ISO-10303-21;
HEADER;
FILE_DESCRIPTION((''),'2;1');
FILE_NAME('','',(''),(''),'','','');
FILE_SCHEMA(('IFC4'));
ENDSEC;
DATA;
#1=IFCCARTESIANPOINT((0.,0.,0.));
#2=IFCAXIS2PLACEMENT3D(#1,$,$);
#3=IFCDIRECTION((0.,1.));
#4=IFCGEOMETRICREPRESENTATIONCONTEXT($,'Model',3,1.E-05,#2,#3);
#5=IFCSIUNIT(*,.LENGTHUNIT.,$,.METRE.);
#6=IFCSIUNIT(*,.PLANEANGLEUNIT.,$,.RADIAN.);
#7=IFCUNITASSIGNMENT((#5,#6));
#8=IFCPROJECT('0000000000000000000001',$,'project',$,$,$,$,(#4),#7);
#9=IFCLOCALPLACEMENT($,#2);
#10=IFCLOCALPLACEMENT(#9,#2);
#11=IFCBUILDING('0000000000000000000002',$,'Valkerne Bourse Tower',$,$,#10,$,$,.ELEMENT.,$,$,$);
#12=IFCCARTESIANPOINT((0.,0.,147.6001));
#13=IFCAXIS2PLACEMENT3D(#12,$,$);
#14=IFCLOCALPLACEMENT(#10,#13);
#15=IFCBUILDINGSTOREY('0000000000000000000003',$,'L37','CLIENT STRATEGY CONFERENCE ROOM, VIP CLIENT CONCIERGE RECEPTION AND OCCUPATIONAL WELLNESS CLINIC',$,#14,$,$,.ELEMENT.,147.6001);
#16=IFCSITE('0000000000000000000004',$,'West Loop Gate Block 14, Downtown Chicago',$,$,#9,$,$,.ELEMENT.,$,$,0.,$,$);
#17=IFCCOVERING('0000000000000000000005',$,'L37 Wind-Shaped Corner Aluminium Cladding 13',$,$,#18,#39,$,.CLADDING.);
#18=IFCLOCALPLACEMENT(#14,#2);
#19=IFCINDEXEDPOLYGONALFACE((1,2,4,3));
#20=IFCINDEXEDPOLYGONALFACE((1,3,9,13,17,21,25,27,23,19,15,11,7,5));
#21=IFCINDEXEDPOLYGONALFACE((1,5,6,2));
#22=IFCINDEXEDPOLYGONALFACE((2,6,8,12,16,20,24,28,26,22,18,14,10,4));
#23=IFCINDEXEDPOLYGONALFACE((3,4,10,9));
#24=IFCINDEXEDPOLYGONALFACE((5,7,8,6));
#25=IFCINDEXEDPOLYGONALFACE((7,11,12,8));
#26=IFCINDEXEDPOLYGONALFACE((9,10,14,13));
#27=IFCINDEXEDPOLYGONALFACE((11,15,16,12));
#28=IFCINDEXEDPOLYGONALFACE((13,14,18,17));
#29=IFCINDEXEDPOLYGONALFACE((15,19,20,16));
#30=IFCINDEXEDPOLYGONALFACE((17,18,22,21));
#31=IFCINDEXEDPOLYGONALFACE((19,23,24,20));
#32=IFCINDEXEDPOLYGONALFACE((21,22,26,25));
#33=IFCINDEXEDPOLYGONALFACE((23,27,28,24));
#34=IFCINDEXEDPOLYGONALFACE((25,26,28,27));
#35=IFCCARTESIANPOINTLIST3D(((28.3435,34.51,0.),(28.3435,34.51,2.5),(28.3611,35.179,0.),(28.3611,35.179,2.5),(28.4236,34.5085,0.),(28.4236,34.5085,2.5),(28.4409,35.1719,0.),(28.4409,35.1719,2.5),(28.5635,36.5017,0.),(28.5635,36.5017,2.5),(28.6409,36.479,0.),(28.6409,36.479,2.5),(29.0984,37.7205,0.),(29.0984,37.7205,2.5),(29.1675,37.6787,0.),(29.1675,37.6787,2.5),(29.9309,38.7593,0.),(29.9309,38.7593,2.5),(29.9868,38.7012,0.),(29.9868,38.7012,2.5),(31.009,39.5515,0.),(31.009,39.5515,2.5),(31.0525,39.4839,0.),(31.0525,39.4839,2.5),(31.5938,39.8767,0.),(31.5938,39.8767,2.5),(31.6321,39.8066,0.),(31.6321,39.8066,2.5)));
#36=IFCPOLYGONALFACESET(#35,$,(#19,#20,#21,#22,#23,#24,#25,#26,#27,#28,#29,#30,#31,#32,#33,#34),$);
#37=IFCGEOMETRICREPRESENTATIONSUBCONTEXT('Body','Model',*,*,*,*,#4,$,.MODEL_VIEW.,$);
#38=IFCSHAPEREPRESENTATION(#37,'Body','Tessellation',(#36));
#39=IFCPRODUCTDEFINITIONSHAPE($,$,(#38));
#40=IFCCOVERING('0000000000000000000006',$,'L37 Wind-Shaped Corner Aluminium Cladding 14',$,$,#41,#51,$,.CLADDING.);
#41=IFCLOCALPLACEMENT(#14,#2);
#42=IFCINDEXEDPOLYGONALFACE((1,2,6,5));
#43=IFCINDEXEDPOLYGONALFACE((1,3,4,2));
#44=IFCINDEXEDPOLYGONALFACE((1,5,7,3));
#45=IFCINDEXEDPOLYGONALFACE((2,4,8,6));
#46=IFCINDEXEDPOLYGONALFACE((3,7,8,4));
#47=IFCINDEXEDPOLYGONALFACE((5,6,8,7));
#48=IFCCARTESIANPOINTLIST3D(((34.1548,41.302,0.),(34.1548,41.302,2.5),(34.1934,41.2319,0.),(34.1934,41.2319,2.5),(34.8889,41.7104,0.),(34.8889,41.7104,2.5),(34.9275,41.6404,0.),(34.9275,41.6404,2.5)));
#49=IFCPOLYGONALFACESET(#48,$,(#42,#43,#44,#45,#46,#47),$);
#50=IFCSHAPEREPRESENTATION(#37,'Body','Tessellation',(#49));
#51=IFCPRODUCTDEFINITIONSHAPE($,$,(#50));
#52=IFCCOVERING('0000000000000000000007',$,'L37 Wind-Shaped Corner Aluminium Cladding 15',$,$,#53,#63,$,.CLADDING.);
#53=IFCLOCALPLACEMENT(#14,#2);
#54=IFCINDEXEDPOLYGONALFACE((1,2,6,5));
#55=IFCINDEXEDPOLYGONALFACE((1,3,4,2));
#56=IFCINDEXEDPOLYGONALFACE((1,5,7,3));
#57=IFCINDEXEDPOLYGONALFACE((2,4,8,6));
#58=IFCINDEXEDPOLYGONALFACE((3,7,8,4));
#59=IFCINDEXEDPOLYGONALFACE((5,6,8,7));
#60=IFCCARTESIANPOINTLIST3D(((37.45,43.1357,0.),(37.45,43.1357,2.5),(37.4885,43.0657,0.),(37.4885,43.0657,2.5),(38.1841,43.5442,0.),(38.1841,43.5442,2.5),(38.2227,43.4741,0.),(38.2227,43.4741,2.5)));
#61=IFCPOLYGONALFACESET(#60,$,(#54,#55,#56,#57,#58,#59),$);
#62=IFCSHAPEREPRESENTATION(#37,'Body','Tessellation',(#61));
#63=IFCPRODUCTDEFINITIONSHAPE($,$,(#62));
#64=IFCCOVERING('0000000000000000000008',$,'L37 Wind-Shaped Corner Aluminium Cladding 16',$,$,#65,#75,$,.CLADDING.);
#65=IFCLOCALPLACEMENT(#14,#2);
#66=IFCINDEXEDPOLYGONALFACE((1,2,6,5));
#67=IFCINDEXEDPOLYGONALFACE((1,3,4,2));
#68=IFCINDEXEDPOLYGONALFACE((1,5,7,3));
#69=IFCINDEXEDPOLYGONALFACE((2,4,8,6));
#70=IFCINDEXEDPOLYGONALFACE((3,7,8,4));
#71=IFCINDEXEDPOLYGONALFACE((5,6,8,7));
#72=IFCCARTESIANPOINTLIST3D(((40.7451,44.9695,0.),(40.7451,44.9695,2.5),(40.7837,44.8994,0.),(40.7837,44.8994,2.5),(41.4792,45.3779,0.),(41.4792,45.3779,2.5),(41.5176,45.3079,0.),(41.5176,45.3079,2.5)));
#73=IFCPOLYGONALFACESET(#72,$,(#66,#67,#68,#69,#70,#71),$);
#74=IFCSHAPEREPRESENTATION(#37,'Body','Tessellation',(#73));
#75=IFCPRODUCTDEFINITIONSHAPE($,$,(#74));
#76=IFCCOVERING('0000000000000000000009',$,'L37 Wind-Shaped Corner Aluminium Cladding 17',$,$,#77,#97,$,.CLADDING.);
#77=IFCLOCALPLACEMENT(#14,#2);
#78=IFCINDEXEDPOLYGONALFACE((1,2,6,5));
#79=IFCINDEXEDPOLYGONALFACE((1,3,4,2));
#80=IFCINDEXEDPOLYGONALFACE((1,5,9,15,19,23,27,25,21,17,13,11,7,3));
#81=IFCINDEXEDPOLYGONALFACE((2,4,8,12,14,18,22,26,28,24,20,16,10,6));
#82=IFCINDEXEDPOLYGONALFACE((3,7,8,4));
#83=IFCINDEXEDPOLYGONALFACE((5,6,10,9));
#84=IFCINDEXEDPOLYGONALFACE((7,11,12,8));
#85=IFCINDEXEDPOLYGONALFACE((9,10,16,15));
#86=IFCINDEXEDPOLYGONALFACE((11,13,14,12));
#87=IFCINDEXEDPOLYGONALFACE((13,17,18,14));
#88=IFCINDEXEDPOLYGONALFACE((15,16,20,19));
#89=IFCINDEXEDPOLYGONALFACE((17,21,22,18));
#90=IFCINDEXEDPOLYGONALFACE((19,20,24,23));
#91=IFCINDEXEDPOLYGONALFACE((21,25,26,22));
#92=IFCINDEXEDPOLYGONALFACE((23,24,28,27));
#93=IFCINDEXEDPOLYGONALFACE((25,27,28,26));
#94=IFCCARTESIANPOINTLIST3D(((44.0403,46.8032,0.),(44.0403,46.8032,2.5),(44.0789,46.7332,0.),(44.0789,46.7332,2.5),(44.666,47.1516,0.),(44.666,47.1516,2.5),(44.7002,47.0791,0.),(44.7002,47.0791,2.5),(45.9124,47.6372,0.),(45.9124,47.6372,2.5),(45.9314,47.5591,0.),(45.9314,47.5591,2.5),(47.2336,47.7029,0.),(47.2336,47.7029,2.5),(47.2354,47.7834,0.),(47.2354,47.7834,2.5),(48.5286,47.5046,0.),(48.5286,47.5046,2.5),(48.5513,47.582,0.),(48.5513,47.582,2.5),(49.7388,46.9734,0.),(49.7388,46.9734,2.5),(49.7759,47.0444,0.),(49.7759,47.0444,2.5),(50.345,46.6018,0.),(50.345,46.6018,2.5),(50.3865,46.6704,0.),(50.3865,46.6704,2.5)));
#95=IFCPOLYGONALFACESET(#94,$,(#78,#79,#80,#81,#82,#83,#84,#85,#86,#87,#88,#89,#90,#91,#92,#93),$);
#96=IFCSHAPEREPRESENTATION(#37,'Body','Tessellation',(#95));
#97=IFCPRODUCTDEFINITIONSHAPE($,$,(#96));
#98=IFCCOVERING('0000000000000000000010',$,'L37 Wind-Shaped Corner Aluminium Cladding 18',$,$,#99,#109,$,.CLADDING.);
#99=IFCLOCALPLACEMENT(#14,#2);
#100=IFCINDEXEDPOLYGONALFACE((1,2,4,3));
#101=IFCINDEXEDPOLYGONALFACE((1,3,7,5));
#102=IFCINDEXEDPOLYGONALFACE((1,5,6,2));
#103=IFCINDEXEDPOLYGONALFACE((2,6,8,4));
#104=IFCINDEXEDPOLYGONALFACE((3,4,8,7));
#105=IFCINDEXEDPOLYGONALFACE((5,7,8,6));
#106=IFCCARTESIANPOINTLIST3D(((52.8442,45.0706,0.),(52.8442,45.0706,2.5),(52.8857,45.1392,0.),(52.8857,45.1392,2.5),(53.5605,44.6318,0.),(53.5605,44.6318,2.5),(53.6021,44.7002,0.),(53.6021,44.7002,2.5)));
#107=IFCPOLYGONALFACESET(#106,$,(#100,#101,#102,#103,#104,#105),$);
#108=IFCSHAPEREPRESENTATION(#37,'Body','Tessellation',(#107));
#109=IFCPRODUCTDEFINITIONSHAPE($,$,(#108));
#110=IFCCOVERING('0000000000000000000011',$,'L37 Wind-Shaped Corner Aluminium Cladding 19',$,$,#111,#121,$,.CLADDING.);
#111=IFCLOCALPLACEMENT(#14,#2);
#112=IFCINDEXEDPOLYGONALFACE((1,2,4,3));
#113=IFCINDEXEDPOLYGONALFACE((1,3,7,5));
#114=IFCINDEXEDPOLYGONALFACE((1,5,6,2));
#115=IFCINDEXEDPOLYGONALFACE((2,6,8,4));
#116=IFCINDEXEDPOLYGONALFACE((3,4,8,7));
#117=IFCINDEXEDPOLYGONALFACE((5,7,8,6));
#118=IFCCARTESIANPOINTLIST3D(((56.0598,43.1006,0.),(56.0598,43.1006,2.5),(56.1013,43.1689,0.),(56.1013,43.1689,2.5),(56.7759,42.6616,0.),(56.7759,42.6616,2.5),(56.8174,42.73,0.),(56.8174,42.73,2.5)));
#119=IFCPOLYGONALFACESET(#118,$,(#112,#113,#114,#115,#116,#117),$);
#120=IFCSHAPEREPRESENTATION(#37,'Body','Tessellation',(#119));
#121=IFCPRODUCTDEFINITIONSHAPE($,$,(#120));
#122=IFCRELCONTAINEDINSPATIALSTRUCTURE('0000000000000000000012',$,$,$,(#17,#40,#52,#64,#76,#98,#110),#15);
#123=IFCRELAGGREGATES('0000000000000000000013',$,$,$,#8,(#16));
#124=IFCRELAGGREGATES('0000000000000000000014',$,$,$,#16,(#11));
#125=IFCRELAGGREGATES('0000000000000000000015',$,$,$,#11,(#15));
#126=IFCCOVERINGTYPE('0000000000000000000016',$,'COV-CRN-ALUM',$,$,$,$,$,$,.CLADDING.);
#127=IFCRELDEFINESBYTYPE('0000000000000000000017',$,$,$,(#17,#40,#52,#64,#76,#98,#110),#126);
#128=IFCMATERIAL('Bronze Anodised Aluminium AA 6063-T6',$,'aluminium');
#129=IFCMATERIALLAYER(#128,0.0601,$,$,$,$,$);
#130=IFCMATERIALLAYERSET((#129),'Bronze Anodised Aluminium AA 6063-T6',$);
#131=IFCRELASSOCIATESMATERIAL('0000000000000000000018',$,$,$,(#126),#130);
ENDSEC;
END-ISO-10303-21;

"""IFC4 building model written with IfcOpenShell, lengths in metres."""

from ifc_helpers import new_model, si_unit, direction, frame, origin, place, context, subcontext, project, spatial, polyline, outline, extrude, material, layer, layer_set, type_object, element, save


model = new_model("IFC4")

# Units and contexts
model_context = context("Model", 3, precision=1e-05, world=origin(), true_north=direction((0.0, 1.0)))
body_context = subcontext(model_context, "Body", "Model", "MODEL_VIEW")
ifc_project = project(units=[si_unit("LENGTHUNIT", "METRE"), si_unit("PLANEANGLEUNIT", "RADIAN")], contexts=[model_context])

# Site, building, storey
site_placement = place(None, origin())
site = spatial("IfcSite", under=ifc_project, at=site_placement, Name="West Loop Gate Block 14, Downtown Chicago", CompositionType="ELEMENT", RefElevation=0.0)
building_placement = place(site_placement, origin())
building = spatial("IfcBuilding", under=site, at=building_placement, Name="Valkerne Bourse Tower", CompositionType="ELEMENT")
storey_placement = place(building_placement, frame((0.0, 0.0, 147.6001)))
storey = spatial("IfcBuildingStorey", under=building, at=storey_placement, Name="L37", Description="CLIENT STRATEGY CONFERENCE ROOM, VIP CLIENT CONCIERGE RECEPTION AND OCCUPATIONAL WELLNESS CLINIC", CompositionType="ELEMENT", Elevation=147.6001)

# Coverings
ifc_material_1 = material(Name="Bronze Anodised Aluminium AA 6063-T6", Category="aluminium")
ifc_layer_1 = layer(ifc_material_1, 0.0601)
ifc_layer_set_1 = layer_set([ifc_layer_1], Name="Bronze Anodised Aluminium AA 6063-T6")
covering_type = type_object("IfcCoveringType", Name="COV-CRN-ALUM", PredefinedType="CLADDING", material=ifc_layer_set_1)
covering_1_placement = place(storey_placement, origin())
element("IfcCovering", 1, at=covering_1_placement, inside=storey, type_object=covering_type, Name="L37 Wind-Shaped Corner Aluminium Cladding 13", PredefinedType="CLADDING", context=body_context, shape_type="SweptSolid", body=[
    extrude(outline(polyline([(28.3611, 35.179), (28.5635, 36.5017), (29.0984, 37.7205), (29.9309, 38.7593), (31.009, 39.5515), (31.5938, 39.8767), (31.6321, 39.8066), (31.0525, 39.4839), (29.9868, 38.7012), (29.1675, 37.6787), (28.6409, 36.479), (28.4409, 35.1719), (28.4236, 34.5085), (28.3435, 34.51), (28.3611, 35.179)])), origin(), (0.0, 0.0, 1.0), 2.5),
])
covering_2_placement = place(storey_placement, origin())
element("IfcCovering", 2, at=covering_2_placement, inside=storey, type_object=covering_type, Name="L37 Wind-Shaped Corner Aluminium Cladding 14", PredefinedType="CLADDING", context=body_context, shape_type="SweptSolid", body=[
    extrude(outline(polyline([(34.8889, 41.7104), (34.9275, 41.6404), (34.1934, 41.2319), (34.1548, 41.302), (34.8889, 41.7104)])), origin(), (0.0, 0.0, 1.0), 2.5),
])
covering_3_placement = place(storey_placement, origin())
element("IfcCovering", 3, at=covering_3_placement, inside=storey, type_object=covering_type, Name="L37 Wind-Shaped Corner Aluminium Cladding 15", PredefinedType="CLADDING", context=body_context, shape_type="SweptSolid", body=[
    extrude(outline(polyline([(38.1841, 43.5442), (38.2227, 43.4741), (37.4885, 43.0657), (37.45, 43.1357), (38.1841, 43.5442)])), origin(), (0.0, 0.0, 1.0), 2.5),
])
covering_4_placement = place(storey_placement, origin())
element("IfcCovering", 4, at=covering_4_placement, inside=storey, type_object=covering_type, Name="L37 Wind-Shaped Corner Aluminium Cladding 16", PredefinedType="CLADDING", context=body_context, shape_type="SweptSolid", body=[
    extrude(outline(polyline([(41.4792, 45.3779), (41.5176, 45.3079), (40.7837, 44.8994), (40.7451, 44.9695), (41.4792, 45.3779)])), origin(), (0.0, 0.0, 1.0), 2.5),
])
covering_5_placement = place(storey_placement, origin())
element("IfcCovering", 5, at=covering_5_placement, inside=storey, type_object=covering_type, Name="L37 Wind-Shaped Corner Aluminium Cladding 17", PredefinedType="CLADDING", context=body_context, shape_type="SweptSolid", body=[
    extrude(outline(polyline([(44.666, 47.1516), (45.9124, 47.6372), (47.2354, 47.7834), (48.5513, 47.582), (49.7759, 47.0444), (50.3865, 46.6704), (50.345, 46.6018), (49.7388, 46.9734), (48.5286, 47.5046), (47.2336, 47.7029), (45.9314, 47.5591), (44.7002, 47.0791), (44.0789, 46.7332), (44.0403, 46.8032), (44.666, 47.1516)])), origin(), (0.0, 0.0, 1.0), 2.5),
])
covering_6_placement = place(storey_placement, origin())
element("IfcCovering", 6, at=covering_6_placement, inside=storey, type_object=covering_type, Name="L37 Wind-Shaped Corner Aluminium Cladding 18", PredefinedType="CLADDING", context=body_context, shape_type="SweptSolid", body=[
    extrude(outline(polyline([(53.6021, 44.7002), (53.5605, 44.6318), (52.8442, 45.0706), (52.8857, 45.1392), (53.6021, 44.7002)])), origin(), (0.0, 0.0, 1.0), 2.5),
])
covering_7_placement = place(storey_placement, origin())
element("IfcCovering", 7, at=covering_7_placement, inside=storey, type_object=covering_type, Name="L37 Wind-Shaped Corner Aluminium Cladding 19", PredefinedType="CLADDING", context=body_context, shape_type="SweptSolid", body=[
    extrude(outline(polyline([(56.8174, 42.73), (56.7759, 42.6616), (56.0598, 43.1006), (56.1013, 43.1689), (56.8174, 42.73)])), origin(), (0.0, 0.0, 1.0), 2.5),
])

save(model, "model.ifc")
